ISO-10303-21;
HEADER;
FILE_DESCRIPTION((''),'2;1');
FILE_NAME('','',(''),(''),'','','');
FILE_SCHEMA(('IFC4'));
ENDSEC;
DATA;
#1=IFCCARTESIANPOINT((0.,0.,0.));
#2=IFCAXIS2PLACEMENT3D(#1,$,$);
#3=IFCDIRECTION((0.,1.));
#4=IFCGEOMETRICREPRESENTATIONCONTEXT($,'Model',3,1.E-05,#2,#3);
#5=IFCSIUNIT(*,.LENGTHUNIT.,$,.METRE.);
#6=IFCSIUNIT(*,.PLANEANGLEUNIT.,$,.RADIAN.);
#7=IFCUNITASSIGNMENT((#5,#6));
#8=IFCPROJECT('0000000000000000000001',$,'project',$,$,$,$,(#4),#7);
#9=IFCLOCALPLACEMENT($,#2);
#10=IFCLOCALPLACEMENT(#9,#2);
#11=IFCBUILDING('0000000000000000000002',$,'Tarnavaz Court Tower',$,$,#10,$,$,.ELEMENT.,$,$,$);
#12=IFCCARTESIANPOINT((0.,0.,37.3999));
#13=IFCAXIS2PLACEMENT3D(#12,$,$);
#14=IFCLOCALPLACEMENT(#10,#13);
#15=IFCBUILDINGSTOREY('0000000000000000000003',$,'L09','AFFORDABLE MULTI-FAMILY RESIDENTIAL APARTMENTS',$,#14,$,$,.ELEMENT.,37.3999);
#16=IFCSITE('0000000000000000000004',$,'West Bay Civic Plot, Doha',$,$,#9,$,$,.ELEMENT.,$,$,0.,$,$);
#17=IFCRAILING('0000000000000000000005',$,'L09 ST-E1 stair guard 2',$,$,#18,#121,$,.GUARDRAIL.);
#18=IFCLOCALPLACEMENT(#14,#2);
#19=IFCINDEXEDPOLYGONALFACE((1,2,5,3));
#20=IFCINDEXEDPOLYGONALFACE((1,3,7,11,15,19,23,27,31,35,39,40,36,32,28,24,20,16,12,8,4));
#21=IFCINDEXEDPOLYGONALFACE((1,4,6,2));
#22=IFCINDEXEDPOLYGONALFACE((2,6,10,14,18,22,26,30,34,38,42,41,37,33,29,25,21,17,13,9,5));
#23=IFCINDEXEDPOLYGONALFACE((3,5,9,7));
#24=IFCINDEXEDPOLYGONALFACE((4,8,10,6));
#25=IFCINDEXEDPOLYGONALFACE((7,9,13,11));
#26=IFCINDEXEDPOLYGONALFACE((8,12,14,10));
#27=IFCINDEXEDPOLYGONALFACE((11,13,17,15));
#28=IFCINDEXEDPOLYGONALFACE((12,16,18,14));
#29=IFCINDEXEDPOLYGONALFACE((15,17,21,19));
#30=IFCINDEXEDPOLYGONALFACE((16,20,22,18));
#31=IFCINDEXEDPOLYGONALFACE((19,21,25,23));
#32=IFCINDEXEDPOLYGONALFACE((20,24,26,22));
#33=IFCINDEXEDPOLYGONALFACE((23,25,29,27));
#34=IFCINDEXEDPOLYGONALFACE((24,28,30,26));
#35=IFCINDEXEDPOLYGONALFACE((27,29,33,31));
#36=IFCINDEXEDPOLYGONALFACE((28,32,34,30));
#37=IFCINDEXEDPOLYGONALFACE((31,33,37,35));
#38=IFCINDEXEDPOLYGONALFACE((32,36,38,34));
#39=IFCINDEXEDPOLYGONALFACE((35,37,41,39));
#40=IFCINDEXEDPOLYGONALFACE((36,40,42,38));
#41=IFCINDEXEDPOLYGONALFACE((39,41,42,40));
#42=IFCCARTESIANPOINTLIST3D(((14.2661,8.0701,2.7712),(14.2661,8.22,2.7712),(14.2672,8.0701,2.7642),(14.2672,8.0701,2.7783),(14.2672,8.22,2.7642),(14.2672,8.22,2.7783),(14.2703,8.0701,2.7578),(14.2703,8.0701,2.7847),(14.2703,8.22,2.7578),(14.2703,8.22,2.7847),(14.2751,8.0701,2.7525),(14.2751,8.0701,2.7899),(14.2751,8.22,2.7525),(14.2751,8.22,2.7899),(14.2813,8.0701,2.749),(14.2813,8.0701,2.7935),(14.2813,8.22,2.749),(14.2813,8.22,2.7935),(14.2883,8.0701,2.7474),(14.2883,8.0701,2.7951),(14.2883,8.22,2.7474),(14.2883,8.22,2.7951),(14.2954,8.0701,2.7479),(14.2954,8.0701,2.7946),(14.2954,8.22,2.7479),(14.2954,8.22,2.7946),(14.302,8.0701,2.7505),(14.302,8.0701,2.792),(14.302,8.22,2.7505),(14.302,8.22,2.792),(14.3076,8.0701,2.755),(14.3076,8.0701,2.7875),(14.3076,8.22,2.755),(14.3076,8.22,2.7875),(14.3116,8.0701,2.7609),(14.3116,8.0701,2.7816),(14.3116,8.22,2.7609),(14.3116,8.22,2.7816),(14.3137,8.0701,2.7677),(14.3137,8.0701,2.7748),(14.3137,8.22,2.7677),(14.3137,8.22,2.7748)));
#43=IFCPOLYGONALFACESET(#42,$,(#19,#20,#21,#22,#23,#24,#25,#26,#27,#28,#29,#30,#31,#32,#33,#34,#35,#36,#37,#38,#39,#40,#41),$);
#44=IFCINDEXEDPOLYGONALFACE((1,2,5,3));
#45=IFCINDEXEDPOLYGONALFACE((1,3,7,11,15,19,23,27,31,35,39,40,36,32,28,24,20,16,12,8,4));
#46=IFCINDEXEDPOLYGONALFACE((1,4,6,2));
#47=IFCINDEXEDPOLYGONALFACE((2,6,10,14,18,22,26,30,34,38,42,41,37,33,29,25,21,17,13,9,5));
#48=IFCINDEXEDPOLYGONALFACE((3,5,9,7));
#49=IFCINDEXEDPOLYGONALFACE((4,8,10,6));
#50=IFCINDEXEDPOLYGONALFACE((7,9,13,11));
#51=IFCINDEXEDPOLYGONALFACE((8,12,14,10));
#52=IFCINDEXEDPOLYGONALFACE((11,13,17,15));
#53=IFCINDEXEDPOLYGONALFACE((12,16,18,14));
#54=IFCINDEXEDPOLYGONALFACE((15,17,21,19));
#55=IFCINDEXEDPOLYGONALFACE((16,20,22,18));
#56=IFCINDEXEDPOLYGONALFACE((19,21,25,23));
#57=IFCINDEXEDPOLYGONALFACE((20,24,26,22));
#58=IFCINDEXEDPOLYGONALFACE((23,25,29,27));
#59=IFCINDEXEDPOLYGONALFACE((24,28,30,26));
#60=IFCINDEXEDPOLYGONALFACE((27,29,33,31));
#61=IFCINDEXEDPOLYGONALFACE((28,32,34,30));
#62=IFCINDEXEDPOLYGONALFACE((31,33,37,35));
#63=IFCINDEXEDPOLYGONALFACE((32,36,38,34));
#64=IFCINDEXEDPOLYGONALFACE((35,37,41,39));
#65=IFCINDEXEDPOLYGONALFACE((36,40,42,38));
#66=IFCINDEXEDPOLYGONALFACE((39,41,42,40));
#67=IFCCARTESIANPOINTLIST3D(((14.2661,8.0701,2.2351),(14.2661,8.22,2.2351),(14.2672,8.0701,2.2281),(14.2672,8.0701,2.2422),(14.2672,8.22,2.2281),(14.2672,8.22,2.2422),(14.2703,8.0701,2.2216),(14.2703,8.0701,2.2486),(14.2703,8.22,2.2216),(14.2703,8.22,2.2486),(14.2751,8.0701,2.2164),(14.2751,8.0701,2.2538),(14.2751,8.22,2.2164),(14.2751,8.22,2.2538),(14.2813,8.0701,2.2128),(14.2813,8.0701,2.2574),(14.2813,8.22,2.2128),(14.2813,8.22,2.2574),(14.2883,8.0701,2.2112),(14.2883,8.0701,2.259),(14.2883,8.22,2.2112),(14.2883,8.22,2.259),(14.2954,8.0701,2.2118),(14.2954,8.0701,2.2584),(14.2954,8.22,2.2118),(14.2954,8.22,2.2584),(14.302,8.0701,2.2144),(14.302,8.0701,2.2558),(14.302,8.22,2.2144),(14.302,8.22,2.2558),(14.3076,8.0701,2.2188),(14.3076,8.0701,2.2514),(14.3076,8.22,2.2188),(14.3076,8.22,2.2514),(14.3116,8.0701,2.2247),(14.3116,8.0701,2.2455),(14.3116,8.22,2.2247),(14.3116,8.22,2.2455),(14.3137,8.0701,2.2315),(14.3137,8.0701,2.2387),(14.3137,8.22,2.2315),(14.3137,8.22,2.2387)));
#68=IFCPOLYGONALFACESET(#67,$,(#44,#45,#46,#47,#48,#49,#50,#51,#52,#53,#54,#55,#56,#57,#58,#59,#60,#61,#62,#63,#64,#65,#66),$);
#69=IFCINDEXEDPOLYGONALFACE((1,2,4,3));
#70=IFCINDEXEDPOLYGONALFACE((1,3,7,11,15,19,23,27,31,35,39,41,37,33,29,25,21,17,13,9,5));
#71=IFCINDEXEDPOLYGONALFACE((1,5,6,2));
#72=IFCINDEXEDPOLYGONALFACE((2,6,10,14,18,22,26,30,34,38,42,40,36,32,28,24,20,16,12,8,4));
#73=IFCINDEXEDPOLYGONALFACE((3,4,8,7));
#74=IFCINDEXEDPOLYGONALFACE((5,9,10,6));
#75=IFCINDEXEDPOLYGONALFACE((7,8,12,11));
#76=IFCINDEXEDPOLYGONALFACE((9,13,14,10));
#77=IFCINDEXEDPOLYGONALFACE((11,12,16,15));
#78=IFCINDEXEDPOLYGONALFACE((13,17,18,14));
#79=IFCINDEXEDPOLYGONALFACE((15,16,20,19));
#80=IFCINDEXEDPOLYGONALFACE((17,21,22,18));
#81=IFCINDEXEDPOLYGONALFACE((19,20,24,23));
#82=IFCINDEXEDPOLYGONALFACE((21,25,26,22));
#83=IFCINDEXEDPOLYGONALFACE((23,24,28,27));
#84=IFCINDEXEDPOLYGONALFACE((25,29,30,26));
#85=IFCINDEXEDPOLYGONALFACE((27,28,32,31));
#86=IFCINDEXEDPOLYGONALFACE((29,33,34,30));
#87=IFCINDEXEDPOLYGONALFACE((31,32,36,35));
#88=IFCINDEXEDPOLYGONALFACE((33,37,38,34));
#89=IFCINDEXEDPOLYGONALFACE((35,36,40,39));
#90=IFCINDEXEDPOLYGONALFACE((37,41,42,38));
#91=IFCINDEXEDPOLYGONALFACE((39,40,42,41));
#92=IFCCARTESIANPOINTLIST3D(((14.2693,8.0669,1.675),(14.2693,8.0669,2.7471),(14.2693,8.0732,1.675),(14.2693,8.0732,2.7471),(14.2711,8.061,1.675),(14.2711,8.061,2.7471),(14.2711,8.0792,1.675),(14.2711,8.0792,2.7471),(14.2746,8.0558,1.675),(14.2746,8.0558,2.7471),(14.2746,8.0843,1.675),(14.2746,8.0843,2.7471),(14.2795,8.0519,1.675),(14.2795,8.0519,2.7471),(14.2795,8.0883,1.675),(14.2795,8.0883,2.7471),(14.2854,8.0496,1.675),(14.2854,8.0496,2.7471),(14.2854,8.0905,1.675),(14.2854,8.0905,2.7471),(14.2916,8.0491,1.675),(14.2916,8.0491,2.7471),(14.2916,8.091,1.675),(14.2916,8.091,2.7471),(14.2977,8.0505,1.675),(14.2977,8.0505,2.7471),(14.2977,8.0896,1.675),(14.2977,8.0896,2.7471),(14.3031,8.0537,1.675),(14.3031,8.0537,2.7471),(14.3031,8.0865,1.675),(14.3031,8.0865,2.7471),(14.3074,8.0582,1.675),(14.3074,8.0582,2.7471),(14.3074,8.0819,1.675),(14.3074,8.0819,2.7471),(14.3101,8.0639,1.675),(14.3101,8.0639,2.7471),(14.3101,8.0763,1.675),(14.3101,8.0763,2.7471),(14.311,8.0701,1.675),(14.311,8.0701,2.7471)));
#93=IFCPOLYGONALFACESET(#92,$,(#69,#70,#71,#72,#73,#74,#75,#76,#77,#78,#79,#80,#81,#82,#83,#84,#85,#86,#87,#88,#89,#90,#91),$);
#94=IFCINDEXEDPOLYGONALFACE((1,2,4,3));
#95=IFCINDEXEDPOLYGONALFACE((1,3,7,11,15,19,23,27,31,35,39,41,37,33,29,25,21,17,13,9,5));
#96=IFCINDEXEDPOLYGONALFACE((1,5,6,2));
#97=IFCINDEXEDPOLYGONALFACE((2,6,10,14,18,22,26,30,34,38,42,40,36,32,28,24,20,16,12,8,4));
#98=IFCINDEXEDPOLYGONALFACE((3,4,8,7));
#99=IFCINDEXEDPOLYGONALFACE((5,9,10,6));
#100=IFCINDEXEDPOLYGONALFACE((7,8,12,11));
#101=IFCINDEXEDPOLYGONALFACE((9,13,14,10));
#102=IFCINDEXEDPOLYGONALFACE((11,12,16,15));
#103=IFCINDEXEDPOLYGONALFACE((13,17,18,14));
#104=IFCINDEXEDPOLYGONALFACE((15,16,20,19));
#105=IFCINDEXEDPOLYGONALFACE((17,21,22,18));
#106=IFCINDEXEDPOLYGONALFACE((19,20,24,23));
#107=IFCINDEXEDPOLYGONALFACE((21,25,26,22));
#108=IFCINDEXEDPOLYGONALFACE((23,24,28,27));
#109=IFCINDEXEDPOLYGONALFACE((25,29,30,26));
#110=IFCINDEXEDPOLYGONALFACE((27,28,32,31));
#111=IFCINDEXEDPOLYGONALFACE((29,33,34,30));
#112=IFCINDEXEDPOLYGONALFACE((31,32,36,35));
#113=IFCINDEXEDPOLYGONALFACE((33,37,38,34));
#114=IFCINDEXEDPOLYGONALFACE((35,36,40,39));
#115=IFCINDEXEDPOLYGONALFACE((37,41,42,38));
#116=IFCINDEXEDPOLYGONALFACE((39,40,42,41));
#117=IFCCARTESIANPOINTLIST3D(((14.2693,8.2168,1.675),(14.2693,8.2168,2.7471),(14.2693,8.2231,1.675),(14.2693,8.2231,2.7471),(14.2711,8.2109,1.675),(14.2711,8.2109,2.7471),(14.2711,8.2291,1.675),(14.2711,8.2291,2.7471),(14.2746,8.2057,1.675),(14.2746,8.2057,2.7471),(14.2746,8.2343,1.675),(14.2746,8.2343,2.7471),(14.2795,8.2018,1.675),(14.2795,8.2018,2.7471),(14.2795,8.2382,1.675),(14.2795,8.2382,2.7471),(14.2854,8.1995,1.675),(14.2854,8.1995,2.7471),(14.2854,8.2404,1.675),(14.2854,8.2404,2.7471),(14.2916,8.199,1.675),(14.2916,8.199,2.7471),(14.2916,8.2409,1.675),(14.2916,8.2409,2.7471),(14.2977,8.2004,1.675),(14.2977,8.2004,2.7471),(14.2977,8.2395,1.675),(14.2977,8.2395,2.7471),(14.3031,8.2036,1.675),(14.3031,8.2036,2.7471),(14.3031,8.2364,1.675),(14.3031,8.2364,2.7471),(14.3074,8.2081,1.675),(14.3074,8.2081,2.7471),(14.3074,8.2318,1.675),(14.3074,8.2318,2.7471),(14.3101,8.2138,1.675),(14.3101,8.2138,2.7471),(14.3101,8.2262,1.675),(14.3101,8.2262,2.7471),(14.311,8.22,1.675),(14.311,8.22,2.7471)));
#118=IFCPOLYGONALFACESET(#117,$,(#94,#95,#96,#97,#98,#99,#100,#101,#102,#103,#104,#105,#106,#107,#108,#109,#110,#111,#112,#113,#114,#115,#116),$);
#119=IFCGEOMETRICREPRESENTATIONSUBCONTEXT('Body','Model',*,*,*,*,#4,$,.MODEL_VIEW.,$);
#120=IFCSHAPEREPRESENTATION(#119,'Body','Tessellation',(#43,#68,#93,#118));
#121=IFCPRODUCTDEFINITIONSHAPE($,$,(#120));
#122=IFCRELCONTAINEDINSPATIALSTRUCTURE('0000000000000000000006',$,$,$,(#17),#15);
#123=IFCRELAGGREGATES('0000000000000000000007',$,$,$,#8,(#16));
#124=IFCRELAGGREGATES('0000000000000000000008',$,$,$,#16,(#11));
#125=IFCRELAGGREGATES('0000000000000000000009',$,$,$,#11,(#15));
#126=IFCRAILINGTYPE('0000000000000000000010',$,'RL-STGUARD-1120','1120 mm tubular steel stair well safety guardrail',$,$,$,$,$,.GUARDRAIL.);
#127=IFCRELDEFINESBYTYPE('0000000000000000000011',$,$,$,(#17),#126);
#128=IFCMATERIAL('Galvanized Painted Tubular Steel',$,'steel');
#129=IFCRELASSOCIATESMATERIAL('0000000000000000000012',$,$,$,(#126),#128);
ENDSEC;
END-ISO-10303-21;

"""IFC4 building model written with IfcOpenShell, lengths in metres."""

from ifc_helpers import new_model, si_unit, direction, frame, origin, origin_2d, place, context, subcontext, project, spatial, circle, extrude, material, type_object, element, save


model = new_model("IFC4")

# Units and contexts
model_context = context("Model", 3, precision=1e-05, world=origin(), true_north=direction((0.0, 1.0)))
body_context = subcontext(model_context, "Body", "Model", "MODEL_VIEW")
ifc_project = project(units=[si_unit("LENGTHUNIT", "METRE"), si_unit("PLANEANGLEUNIT", "RADIAN")], contexts=[model_context])

# Site, building, storey
site_placement = place(None, origin())
site = spatial("IfcSite", under=ifc_project, at=site_placement, Name="West Bay Civic Plot, Doha", CompositionType="ELEMENT", RefElevation=0.0)
building_placement = place(site_placement, origin())
building = spatial("IfcBuilding", under=site, at=building_placement, Name="Tarnavaz Court Tower", CompositionType="ELEMENT")
storey_placement = place(building_placement, frame((0.0, 0.0, 37.3999)))
storey = spatial("IfcBuildingStorey", under=building, at=storey_placement, Name="L09", Description="AFFORDABLE MULTI-FAMILY RESIDENTIAL APARTMENTS", CompositionType="ELEMENT", Elevation=37.3999)

# Railing
ifc_material_1 = material(Name="Galvanized Painted Tubular Steel", Category="steel")
railing_type_1 = type_object("IfcRailingType", Name="RL-STGUARD-1120", Description="1120 mm tubular steel stair well safety guardrail", PredefinedType="GUARDRAIL", material=ifc_material_1)
railing_1_placement = place(storey_placement, frame((14.29, 8.0701, 1.675)))
element("IfcRailing", 1, at=railing_1_placement, inside=storey, type_object=railing_type_1, Name="L09 ST-E1 stair guard 2", PredefinedType="GUARDRAIL", context=body_context, shape_type="SweptSolid", body=[
    extrude(circle(Radius=0.0239, at=origin_2d()), frame((0.0, 0.0, 1.0962), z_axis=(0.0, 1.0, 0.0), x_axis=(-1.0, 0.0, 0.0)), (0.0, 0.0, 1.0), 0.1499),
    extrude(circle(Radius=0.0239, at=origin_2d()), frame((0.0, 0.0, 0.5601), z_axis=(0.0, 1.0, 0.0), x_axis=(-1.0, 0.0, 0.0)), (0.0, 0.0, 1.0), 0.1499),
    extrude(circle(Radius=0.021, at=origin_2d()), origin(), (0.0, 0.0, 1.0), 1.072),
    extrude(circle(Radius=0.021, at=origin_2d()), frame((0.0, 0.1499, 0.0)), (0.0, 0.0, 1.0), 1.072),
])

save(model, "model.ifc")
